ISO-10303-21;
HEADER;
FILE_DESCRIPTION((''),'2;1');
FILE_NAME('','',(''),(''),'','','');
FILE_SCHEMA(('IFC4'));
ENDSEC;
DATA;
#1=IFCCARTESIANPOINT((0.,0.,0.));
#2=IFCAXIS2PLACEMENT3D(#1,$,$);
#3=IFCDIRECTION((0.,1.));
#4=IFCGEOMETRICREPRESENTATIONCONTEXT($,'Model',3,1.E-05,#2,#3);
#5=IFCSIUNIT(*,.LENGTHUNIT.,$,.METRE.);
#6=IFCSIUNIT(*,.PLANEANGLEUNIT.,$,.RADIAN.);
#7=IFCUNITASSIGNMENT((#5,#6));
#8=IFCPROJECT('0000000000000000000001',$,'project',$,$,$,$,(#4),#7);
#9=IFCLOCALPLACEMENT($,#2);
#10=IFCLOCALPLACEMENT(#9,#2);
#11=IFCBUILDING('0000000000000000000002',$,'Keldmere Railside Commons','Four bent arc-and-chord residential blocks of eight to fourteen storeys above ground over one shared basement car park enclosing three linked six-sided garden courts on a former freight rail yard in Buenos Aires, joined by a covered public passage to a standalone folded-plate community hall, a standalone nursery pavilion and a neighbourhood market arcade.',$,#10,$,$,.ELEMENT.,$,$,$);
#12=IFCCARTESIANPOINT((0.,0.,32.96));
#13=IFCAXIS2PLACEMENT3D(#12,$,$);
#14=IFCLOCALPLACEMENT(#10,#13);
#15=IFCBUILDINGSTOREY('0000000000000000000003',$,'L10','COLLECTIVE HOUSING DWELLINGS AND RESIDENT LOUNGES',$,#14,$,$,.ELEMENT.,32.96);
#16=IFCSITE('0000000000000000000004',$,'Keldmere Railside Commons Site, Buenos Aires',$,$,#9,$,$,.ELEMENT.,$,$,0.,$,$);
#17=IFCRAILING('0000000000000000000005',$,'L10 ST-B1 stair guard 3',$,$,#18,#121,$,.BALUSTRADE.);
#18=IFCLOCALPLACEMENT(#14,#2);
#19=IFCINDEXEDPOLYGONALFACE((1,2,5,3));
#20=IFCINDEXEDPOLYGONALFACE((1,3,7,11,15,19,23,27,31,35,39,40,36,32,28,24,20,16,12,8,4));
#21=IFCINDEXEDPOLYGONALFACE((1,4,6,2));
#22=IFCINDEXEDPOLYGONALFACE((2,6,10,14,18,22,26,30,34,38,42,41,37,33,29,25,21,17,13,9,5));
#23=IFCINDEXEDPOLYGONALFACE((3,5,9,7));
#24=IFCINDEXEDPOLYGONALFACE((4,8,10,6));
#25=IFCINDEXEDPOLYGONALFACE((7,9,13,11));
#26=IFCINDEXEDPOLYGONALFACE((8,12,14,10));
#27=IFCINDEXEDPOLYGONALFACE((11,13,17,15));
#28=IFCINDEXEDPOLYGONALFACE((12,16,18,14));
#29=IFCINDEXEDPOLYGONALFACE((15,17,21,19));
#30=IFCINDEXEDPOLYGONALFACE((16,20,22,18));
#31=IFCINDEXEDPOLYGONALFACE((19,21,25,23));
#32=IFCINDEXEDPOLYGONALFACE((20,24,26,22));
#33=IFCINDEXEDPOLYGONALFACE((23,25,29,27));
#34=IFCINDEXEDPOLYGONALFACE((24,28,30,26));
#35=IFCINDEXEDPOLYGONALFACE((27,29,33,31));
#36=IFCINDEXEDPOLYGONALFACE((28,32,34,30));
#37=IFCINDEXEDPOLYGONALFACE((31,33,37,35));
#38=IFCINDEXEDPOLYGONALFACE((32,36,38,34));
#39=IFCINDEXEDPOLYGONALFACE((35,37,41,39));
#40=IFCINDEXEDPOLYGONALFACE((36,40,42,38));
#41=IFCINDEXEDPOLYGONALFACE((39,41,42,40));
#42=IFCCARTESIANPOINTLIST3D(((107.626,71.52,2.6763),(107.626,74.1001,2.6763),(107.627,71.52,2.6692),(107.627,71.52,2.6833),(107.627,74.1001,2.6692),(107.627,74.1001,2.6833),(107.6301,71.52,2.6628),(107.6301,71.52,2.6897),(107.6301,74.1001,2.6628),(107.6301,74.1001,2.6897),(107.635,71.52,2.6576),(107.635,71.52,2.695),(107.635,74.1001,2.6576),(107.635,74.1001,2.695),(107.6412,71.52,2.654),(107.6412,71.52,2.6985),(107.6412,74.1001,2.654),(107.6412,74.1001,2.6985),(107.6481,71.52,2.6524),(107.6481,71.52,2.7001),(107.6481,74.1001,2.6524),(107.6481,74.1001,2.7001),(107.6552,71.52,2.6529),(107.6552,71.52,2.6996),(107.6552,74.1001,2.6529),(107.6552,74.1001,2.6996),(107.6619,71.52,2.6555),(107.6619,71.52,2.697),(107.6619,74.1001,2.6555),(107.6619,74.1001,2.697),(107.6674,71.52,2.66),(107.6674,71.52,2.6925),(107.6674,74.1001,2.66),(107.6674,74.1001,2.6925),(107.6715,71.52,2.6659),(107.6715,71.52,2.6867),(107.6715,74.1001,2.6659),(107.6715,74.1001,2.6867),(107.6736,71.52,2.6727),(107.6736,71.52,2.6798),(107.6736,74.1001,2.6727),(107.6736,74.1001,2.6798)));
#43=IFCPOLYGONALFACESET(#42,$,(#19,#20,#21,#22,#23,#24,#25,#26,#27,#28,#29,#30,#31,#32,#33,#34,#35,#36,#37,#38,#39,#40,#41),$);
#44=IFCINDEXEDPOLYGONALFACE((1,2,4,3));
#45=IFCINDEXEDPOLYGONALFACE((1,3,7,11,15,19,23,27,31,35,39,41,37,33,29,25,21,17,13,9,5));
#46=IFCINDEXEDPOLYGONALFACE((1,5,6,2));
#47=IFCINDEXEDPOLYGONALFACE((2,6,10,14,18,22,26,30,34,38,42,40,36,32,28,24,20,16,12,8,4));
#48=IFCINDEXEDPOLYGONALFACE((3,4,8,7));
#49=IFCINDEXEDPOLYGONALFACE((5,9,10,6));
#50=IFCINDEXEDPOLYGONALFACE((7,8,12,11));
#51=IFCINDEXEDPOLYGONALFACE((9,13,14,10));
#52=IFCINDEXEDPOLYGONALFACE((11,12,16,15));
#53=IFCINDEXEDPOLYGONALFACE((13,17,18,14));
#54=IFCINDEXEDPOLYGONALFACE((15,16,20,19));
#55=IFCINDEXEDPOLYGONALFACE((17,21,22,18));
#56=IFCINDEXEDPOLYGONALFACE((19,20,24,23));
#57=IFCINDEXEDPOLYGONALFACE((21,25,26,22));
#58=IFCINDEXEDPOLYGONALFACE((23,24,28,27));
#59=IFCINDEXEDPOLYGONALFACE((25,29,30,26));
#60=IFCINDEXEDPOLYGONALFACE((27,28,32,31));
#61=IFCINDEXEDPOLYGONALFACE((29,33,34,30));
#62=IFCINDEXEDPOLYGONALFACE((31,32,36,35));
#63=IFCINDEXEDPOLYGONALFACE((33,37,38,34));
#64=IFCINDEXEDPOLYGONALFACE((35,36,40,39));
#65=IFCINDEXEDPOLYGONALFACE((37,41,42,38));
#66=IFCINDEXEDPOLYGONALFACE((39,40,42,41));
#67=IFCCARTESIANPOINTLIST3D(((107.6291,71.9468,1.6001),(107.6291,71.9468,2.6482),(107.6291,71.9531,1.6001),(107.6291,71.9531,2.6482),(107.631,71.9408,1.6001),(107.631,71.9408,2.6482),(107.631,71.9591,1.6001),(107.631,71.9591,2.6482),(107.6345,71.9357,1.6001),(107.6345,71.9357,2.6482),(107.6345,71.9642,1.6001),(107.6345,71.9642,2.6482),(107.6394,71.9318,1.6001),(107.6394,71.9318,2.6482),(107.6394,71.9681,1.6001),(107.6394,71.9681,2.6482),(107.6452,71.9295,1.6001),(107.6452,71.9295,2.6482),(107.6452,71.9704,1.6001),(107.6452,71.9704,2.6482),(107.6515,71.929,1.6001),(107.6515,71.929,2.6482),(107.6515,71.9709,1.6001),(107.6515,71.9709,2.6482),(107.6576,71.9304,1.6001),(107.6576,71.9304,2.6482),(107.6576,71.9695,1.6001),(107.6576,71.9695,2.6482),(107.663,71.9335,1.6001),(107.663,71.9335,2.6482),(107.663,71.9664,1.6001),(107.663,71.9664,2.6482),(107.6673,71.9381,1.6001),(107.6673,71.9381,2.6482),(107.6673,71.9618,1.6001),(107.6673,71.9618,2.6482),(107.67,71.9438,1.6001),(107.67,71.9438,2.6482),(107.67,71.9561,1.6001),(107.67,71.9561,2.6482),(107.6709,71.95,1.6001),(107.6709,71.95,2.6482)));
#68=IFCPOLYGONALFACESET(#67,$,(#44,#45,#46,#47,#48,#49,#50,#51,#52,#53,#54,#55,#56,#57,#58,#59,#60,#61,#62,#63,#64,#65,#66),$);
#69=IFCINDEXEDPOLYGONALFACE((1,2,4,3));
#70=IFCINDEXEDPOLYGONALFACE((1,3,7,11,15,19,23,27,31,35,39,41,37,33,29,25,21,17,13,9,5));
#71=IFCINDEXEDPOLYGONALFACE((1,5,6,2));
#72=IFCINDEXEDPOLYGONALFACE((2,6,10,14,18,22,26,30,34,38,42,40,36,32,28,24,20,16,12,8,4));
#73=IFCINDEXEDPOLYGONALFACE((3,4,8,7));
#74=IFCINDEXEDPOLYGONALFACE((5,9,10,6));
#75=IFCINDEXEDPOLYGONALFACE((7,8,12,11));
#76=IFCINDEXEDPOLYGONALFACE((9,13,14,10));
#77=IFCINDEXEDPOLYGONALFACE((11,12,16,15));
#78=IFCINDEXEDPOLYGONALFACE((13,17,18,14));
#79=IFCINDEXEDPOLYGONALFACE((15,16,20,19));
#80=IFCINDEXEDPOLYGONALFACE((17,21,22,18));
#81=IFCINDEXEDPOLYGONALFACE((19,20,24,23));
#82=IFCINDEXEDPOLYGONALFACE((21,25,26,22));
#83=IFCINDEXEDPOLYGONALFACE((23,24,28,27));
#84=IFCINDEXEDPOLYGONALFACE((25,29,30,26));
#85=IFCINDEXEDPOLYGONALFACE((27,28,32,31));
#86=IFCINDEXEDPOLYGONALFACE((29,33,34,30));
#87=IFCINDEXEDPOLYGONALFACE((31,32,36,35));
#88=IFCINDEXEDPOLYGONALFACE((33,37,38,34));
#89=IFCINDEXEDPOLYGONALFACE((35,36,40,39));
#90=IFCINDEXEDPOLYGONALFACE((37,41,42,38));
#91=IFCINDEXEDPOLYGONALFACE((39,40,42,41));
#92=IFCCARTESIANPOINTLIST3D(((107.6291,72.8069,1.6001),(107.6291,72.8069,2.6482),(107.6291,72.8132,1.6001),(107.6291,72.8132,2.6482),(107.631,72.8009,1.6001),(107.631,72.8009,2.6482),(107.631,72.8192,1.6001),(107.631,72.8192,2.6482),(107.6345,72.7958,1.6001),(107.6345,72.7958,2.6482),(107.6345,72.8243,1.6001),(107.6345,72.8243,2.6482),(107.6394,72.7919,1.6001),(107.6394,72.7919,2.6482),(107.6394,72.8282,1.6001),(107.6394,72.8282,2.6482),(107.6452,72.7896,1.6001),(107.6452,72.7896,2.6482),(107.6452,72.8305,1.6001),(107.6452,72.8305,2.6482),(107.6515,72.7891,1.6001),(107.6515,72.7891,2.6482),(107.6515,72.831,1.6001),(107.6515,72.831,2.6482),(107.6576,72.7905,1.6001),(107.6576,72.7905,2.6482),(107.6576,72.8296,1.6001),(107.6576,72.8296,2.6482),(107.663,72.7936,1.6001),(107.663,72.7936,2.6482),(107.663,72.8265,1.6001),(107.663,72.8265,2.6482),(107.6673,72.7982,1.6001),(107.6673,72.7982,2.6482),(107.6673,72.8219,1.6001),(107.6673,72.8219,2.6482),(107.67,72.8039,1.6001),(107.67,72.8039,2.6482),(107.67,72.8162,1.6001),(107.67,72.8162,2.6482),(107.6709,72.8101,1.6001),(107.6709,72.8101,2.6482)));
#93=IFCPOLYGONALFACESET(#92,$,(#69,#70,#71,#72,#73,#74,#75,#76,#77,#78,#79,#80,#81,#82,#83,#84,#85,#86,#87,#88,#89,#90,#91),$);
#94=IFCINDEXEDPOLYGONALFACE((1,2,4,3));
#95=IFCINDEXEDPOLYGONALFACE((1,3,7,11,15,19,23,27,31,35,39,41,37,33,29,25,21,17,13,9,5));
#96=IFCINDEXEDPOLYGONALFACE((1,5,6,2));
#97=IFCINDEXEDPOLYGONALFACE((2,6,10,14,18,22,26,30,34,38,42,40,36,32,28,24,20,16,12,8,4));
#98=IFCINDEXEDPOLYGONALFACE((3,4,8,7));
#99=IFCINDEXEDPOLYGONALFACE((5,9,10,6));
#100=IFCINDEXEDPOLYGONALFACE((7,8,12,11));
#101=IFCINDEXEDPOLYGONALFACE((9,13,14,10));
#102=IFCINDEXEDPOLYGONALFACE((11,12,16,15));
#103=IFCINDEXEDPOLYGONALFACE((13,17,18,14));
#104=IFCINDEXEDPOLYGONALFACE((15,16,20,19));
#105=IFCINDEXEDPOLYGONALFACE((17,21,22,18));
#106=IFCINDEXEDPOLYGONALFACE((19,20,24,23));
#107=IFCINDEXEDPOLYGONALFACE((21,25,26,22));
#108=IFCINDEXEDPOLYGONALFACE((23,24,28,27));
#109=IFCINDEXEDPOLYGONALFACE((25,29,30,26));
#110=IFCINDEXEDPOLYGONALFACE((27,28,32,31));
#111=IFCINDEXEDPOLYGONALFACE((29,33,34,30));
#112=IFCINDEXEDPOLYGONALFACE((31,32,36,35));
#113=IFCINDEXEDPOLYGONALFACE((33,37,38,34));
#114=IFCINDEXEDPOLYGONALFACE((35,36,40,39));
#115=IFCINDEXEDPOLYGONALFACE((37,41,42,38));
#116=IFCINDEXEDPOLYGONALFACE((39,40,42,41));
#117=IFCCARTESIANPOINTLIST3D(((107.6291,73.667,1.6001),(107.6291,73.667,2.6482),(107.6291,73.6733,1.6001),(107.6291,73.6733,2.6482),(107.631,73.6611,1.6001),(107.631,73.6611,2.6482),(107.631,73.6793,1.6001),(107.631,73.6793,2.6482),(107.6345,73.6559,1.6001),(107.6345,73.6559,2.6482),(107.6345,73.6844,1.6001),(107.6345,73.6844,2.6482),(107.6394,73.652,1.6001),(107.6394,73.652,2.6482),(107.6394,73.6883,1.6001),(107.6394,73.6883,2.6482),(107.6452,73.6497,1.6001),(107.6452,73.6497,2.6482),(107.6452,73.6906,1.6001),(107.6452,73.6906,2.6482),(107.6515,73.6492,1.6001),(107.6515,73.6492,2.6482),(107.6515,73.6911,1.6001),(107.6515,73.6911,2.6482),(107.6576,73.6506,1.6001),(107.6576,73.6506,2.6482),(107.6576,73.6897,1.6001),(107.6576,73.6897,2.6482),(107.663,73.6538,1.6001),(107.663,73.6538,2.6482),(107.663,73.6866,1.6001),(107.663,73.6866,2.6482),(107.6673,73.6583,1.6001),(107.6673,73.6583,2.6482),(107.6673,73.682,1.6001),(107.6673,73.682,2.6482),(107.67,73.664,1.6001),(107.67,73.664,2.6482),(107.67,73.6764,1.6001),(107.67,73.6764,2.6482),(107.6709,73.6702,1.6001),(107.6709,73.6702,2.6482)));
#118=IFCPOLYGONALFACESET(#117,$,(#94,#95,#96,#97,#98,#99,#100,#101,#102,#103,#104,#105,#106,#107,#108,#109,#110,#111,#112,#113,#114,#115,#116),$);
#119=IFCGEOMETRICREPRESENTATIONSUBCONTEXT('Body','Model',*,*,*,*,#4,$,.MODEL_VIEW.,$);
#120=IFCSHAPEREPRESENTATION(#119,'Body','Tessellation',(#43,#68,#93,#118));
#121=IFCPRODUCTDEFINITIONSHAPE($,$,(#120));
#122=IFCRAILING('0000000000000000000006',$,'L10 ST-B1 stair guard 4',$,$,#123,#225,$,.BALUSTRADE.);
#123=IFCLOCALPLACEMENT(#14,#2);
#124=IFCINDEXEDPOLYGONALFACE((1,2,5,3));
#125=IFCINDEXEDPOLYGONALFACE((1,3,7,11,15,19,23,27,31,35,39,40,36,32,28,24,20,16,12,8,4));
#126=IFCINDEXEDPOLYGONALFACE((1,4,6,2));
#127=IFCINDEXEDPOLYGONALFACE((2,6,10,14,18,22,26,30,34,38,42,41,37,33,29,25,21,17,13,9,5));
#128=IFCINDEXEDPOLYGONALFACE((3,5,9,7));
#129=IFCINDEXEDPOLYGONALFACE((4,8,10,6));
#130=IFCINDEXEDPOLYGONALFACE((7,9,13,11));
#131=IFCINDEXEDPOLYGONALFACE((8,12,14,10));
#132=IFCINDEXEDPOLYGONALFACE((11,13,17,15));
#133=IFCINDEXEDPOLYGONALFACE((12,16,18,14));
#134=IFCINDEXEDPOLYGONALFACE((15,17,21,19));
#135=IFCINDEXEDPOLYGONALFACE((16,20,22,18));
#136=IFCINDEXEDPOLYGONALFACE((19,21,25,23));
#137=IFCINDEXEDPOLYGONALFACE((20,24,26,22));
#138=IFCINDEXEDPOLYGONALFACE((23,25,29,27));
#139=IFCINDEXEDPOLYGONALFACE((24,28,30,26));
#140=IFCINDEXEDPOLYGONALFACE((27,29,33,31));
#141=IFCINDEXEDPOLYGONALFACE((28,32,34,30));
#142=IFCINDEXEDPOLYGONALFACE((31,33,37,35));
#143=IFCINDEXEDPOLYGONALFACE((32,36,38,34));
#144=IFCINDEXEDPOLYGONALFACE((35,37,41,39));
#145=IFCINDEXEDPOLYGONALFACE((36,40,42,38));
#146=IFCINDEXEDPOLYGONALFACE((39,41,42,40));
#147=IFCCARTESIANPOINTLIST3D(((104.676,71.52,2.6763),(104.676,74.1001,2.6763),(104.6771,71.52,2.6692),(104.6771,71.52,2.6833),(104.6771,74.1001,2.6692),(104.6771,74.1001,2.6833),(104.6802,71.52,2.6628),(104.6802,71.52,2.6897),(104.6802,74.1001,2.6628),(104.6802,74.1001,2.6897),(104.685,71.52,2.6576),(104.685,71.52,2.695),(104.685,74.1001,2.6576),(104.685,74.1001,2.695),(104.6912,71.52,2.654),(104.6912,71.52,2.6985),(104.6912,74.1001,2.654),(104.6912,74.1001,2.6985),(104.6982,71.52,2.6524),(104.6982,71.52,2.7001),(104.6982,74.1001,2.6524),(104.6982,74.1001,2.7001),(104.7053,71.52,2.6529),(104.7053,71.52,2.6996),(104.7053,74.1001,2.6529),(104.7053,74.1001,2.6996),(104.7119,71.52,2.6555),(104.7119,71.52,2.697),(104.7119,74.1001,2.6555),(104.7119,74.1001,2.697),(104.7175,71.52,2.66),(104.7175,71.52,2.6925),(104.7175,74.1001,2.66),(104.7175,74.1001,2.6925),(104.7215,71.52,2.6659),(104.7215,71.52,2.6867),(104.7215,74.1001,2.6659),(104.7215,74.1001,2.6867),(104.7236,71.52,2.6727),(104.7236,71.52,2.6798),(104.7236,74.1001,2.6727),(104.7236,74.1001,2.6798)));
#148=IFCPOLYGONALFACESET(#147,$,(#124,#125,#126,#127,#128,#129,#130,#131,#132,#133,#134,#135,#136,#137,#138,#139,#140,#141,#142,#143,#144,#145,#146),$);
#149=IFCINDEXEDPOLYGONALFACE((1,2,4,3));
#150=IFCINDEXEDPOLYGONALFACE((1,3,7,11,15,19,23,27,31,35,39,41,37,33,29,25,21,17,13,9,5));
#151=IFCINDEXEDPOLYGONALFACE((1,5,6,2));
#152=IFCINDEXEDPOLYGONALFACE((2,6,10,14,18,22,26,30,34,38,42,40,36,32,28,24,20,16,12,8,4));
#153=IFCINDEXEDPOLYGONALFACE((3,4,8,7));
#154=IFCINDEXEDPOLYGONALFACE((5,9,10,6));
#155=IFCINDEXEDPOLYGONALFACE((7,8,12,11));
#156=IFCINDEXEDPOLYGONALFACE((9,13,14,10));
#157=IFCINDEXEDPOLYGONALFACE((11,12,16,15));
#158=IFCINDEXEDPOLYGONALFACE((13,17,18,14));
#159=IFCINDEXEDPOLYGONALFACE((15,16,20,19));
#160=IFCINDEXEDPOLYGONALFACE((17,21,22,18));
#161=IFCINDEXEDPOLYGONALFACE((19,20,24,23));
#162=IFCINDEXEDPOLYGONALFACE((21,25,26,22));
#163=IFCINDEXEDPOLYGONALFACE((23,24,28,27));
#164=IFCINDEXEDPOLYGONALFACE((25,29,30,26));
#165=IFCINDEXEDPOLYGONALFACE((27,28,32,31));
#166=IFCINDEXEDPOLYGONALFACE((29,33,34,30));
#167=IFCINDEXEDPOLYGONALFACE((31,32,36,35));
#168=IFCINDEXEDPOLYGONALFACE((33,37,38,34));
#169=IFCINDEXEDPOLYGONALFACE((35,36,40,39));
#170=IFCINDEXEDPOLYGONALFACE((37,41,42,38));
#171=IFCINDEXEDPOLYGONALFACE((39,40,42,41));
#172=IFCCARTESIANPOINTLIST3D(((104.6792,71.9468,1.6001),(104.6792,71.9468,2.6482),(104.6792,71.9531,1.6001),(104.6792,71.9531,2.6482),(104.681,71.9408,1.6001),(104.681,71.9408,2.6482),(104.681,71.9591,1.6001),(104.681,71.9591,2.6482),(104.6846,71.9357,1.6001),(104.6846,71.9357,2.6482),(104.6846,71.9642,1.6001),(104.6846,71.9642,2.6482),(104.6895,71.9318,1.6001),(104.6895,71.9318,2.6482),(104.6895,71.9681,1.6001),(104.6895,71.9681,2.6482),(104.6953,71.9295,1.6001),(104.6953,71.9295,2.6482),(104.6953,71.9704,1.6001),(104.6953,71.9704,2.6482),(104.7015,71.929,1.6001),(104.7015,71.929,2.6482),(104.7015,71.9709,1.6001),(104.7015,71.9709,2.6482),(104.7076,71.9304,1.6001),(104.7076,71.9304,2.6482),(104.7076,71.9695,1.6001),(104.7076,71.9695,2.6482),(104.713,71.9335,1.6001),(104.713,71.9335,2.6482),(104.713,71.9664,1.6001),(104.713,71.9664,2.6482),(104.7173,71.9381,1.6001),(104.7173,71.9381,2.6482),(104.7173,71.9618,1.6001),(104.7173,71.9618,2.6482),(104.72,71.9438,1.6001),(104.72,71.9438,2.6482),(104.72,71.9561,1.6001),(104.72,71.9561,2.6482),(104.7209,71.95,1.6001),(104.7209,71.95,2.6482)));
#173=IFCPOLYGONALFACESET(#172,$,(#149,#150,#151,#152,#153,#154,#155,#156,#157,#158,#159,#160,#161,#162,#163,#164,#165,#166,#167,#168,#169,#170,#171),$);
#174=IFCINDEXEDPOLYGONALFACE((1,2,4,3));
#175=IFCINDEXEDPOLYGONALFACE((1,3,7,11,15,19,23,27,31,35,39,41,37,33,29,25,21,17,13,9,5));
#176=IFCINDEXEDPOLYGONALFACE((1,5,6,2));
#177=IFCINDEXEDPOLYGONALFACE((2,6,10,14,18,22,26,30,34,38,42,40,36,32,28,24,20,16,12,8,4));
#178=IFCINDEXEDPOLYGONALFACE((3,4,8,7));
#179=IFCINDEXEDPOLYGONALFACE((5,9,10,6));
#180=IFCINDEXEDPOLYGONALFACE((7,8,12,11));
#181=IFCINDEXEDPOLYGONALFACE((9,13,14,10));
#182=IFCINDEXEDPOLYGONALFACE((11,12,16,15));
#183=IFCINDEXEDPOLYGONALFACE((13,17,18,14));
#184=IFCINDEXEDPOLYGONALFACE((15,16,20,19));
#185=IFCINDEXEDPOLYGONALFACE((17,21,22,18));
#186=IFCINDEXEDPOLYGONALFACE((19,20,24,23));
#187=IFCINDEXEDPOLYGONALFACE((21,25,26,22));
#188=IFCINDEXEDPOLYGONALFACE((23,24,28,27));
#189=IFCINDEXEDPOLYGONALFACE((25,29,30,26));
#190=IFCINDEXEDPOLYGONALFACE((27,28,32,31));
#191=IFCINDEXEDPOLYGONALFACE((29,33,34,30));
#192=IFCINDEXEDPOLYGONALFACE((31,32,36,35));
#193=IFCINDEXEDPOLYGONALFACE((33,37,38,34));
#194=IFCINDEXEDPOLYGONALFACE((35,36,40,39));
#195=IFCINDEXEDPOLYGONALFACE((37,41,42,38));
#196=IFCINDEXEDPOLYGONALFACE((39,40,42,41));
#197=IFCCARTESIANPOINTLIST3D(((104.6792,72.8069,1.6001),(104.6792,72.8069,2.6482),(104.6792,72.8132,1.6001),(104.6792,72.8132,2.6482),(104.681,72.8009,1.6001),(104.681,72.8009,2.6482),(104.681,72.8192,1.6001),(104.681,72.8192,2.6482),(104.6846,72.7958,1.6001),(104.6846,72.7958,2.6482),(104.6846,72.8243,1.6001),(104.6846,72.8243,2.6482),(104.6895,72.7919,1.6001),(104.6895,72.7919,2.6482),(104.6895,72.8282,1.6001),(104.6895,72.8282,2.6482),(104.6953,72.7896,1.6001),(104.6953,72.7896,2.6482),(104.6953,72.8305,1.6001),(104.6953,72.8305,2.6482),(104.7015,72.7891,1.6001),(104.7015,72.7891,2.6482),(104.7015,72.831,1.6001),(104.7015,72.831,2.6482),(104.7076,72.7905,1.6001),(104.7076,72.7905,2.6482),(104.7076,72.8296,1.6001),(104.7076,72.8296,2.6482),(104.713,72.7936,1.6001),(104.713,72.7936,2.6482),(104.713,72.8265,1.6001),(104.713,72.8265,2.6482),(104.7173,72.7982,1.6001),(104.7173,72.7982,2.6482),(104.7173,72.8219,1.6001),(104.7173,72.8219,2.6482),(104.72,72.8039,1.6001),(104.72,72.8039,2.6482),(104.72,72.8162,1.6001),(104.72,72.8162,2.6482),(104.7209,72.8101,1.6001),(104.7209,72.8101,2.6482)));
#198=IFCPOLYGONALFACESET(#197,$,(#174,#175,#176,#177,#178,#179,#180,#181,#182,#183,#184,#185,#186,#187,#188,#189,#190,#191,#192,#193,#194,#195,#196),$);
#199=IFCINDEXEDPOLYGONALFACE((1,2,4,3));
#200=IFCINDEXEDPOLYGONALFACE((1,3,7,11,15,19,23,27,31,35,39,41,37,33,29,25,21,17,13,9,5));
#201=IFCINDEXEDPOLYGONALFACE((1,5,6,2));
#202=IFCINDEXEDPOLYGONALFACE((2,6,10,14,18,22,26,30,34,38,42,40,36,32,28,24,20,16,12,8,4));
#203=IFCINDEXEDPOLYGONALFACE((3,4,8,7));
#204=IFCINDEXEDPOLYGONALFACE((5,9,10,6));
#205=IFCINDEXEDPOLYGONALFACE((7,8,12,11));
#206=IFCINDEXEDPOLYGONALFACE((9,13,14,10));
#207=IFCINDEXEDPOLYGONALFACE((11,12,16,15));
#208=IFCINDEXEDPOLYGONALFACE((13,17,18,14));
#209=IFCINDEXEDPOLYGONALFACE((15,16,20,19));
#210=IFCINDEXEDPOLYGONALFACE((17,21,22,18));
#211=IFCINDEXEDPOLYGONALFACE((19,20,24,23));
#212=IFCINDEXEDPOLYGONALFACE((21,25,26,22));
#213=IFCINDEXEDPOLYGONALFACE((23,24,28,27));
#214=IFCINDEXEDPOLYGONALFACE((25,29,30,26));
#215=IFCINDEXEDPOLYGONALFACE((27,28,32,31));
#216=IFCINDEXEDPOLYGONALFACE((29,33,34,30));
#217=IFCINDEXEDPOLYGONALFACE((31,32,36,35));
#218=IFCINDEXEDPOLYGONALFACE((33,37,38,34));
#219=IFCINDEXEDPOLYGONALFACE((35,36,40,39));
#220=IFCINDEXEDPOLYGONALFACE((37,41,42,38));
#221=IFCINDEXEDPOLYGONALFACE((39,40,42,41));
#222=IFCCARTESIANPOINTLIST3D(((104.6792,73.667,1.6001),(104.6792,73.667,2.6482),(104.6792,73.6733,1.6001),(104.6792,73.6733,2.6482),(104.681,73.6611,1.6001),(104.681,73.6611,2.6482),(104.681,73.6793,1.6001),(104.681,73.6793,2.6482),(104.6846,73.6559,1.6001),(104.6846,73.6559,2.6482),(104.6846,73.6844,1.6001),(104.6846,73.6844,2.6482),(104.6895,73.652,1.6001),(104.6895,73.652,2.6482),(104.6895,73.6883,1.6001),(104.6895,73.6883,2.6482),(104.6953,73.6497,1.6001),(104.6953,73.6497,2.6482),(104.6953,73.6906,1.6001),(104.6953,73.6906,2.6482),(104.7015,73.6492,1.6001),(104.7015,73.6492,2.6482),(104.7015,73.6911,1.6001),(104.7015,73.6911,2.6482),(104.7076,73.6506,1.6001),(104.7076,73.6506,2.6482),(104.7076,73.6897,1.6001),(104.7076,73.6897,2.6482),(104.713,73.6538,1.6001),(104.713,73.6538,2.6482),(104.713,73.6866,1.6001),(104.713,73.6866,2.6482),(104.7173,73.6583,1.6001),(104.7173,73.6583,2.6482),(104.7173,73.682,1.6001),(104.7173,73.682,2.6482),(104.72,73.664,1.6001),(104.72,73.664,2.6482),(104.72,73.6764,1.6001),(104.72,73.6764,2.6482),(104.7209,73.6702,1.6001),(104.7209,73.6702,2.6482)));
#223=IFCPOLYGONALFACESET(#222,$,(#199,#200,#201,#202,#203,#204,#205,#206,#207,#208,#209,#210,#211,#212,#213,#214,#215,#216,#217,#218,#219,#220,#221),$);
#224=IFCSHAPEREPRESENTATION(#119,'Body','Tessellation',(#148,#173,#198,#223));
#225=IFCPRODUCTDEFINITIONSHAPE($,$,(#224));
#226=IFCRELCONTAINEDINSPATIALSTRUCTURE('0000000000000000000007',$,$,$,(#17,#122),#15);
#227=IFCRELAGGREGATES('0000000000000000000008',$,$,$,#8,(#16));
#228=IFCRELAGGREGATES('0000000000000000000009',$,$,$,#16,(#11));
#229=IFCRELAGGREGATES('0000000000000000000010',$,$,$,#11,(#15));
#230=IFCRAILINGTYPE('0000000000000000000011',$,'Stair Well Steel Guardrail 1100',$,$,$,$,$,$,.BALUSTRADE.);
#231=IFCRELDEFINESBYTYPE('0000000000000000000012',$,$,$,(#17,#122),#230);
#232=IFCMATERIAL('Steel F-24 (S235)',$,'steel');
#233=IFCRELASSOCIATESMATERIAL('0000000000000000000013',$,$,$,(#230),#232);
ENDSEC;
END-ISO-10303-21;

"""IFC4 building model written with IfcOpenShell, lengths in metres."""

from ifc_helpers import new_model, si_unit, direction, frame, origin, origin_2d, place, context, subcontext, project, spatial, circle, extrude, material, type_object, element, save


model = new_model("IFC4")

# Units and contexts
model_context = context("Model", 3, precision=1e-05, world=origin(), true_north=direction((0.0, 1.0)))
body_context = subcontext(model_context, "Body", "Model", "MODEL_VIEW")
ifc_project = project(units=[si_unit("LENGTHUNIT", "METRE"), si_unit("PLANEANGLEUNIT", "RADIAN")], contexts=[model_context])

# Site, building, storey
site_placement = place(None, origin())
site = spatial("IfcSite", under=ifc_project, at=site_placement, Name="Keldmere Railside Commons Site, Buenos Aires", CompositionType="ELEMENT", RefElevation=0.0)
building_placement = place(site_placement, origin())
building = spatial("IfcBuilding", under=site, at=building_placement, Name="Keldmere Railside Commons", Description="Four bent arc-and-chord residential blocks of eight to fourteen storeys above ground over one shared basement car park enclosing three linked six-sided garden courts on a former freight rail yard in Buenos Aires, joined by a covered public passage to a standalone folded-plate community hall, a standalone nursery pavilion and a neighbourhood market arcade.", CompositionType="ELEMENT")
storey_placement = place(building_placement, frame((0.0, 0.0, 32.96)))
storey = spatial("IfcBuildingStorey", under=building, at=storey_placement, Name="L10", Description="COLLECTIVE HOUSING DWELLINGS AND RESIDENT LOUNGES", CompositionType="ELEMENT", Elevation=32.96)

# Shared definitions
ifc_material_1 = material(Name="Steel F-24 (S235)", Category="steel")

# Railings
railing_type_1 = type_object("IfcRailingType", Name="Stair Well Steel Guardrail 1100", PredefinedType="BALUSTRADE", material=ifc_material_1)
for number, where, name in (
    (1, (107.6499, 71.52, 1.6001), "L10 ST-B1 stair guard 3"),
    (2, (104.7, 71.52, 1.6001), "L10 ST-B1 stair guard 4"),
):
    element("IfcRailing", number, at=place(storey_placement, frame(where)), inside=storey, type_object=railing_type_1, Name=name, PredefinedType="BALUSTRADE", context=body_context, shape_type="SweptSolid", body=[
        extrude(circle(Radius=0.0239, at=origin_2d()), frame((0.0, 0.0, 1.0762), z_axis=(0.0, 1.0, 0.0), x_axis=(-1.0, 0.0, 0.0)), (0.0, 0.0, 1.0), 2.5801),
        extrude(circle(Radius=0.021, at=origin_2d()), frame((0.0, 0.4299, 0.0)), (0.0, 0.0, 1.0), 1.0481),
        extrude(circle(Radius=0.021, at=origin_2d()), frame((0.0, 1.29, 0.0)), (0.0, 0.0, 1.0), 1.0481),
        extrude(circle(Radius=0.021, at=origin_2d()), frame((0.0, 2.1501, 0.0)), (0.0, 0.0, 1.0), 1.0481),
    ])

save(model, "model.ifc")
